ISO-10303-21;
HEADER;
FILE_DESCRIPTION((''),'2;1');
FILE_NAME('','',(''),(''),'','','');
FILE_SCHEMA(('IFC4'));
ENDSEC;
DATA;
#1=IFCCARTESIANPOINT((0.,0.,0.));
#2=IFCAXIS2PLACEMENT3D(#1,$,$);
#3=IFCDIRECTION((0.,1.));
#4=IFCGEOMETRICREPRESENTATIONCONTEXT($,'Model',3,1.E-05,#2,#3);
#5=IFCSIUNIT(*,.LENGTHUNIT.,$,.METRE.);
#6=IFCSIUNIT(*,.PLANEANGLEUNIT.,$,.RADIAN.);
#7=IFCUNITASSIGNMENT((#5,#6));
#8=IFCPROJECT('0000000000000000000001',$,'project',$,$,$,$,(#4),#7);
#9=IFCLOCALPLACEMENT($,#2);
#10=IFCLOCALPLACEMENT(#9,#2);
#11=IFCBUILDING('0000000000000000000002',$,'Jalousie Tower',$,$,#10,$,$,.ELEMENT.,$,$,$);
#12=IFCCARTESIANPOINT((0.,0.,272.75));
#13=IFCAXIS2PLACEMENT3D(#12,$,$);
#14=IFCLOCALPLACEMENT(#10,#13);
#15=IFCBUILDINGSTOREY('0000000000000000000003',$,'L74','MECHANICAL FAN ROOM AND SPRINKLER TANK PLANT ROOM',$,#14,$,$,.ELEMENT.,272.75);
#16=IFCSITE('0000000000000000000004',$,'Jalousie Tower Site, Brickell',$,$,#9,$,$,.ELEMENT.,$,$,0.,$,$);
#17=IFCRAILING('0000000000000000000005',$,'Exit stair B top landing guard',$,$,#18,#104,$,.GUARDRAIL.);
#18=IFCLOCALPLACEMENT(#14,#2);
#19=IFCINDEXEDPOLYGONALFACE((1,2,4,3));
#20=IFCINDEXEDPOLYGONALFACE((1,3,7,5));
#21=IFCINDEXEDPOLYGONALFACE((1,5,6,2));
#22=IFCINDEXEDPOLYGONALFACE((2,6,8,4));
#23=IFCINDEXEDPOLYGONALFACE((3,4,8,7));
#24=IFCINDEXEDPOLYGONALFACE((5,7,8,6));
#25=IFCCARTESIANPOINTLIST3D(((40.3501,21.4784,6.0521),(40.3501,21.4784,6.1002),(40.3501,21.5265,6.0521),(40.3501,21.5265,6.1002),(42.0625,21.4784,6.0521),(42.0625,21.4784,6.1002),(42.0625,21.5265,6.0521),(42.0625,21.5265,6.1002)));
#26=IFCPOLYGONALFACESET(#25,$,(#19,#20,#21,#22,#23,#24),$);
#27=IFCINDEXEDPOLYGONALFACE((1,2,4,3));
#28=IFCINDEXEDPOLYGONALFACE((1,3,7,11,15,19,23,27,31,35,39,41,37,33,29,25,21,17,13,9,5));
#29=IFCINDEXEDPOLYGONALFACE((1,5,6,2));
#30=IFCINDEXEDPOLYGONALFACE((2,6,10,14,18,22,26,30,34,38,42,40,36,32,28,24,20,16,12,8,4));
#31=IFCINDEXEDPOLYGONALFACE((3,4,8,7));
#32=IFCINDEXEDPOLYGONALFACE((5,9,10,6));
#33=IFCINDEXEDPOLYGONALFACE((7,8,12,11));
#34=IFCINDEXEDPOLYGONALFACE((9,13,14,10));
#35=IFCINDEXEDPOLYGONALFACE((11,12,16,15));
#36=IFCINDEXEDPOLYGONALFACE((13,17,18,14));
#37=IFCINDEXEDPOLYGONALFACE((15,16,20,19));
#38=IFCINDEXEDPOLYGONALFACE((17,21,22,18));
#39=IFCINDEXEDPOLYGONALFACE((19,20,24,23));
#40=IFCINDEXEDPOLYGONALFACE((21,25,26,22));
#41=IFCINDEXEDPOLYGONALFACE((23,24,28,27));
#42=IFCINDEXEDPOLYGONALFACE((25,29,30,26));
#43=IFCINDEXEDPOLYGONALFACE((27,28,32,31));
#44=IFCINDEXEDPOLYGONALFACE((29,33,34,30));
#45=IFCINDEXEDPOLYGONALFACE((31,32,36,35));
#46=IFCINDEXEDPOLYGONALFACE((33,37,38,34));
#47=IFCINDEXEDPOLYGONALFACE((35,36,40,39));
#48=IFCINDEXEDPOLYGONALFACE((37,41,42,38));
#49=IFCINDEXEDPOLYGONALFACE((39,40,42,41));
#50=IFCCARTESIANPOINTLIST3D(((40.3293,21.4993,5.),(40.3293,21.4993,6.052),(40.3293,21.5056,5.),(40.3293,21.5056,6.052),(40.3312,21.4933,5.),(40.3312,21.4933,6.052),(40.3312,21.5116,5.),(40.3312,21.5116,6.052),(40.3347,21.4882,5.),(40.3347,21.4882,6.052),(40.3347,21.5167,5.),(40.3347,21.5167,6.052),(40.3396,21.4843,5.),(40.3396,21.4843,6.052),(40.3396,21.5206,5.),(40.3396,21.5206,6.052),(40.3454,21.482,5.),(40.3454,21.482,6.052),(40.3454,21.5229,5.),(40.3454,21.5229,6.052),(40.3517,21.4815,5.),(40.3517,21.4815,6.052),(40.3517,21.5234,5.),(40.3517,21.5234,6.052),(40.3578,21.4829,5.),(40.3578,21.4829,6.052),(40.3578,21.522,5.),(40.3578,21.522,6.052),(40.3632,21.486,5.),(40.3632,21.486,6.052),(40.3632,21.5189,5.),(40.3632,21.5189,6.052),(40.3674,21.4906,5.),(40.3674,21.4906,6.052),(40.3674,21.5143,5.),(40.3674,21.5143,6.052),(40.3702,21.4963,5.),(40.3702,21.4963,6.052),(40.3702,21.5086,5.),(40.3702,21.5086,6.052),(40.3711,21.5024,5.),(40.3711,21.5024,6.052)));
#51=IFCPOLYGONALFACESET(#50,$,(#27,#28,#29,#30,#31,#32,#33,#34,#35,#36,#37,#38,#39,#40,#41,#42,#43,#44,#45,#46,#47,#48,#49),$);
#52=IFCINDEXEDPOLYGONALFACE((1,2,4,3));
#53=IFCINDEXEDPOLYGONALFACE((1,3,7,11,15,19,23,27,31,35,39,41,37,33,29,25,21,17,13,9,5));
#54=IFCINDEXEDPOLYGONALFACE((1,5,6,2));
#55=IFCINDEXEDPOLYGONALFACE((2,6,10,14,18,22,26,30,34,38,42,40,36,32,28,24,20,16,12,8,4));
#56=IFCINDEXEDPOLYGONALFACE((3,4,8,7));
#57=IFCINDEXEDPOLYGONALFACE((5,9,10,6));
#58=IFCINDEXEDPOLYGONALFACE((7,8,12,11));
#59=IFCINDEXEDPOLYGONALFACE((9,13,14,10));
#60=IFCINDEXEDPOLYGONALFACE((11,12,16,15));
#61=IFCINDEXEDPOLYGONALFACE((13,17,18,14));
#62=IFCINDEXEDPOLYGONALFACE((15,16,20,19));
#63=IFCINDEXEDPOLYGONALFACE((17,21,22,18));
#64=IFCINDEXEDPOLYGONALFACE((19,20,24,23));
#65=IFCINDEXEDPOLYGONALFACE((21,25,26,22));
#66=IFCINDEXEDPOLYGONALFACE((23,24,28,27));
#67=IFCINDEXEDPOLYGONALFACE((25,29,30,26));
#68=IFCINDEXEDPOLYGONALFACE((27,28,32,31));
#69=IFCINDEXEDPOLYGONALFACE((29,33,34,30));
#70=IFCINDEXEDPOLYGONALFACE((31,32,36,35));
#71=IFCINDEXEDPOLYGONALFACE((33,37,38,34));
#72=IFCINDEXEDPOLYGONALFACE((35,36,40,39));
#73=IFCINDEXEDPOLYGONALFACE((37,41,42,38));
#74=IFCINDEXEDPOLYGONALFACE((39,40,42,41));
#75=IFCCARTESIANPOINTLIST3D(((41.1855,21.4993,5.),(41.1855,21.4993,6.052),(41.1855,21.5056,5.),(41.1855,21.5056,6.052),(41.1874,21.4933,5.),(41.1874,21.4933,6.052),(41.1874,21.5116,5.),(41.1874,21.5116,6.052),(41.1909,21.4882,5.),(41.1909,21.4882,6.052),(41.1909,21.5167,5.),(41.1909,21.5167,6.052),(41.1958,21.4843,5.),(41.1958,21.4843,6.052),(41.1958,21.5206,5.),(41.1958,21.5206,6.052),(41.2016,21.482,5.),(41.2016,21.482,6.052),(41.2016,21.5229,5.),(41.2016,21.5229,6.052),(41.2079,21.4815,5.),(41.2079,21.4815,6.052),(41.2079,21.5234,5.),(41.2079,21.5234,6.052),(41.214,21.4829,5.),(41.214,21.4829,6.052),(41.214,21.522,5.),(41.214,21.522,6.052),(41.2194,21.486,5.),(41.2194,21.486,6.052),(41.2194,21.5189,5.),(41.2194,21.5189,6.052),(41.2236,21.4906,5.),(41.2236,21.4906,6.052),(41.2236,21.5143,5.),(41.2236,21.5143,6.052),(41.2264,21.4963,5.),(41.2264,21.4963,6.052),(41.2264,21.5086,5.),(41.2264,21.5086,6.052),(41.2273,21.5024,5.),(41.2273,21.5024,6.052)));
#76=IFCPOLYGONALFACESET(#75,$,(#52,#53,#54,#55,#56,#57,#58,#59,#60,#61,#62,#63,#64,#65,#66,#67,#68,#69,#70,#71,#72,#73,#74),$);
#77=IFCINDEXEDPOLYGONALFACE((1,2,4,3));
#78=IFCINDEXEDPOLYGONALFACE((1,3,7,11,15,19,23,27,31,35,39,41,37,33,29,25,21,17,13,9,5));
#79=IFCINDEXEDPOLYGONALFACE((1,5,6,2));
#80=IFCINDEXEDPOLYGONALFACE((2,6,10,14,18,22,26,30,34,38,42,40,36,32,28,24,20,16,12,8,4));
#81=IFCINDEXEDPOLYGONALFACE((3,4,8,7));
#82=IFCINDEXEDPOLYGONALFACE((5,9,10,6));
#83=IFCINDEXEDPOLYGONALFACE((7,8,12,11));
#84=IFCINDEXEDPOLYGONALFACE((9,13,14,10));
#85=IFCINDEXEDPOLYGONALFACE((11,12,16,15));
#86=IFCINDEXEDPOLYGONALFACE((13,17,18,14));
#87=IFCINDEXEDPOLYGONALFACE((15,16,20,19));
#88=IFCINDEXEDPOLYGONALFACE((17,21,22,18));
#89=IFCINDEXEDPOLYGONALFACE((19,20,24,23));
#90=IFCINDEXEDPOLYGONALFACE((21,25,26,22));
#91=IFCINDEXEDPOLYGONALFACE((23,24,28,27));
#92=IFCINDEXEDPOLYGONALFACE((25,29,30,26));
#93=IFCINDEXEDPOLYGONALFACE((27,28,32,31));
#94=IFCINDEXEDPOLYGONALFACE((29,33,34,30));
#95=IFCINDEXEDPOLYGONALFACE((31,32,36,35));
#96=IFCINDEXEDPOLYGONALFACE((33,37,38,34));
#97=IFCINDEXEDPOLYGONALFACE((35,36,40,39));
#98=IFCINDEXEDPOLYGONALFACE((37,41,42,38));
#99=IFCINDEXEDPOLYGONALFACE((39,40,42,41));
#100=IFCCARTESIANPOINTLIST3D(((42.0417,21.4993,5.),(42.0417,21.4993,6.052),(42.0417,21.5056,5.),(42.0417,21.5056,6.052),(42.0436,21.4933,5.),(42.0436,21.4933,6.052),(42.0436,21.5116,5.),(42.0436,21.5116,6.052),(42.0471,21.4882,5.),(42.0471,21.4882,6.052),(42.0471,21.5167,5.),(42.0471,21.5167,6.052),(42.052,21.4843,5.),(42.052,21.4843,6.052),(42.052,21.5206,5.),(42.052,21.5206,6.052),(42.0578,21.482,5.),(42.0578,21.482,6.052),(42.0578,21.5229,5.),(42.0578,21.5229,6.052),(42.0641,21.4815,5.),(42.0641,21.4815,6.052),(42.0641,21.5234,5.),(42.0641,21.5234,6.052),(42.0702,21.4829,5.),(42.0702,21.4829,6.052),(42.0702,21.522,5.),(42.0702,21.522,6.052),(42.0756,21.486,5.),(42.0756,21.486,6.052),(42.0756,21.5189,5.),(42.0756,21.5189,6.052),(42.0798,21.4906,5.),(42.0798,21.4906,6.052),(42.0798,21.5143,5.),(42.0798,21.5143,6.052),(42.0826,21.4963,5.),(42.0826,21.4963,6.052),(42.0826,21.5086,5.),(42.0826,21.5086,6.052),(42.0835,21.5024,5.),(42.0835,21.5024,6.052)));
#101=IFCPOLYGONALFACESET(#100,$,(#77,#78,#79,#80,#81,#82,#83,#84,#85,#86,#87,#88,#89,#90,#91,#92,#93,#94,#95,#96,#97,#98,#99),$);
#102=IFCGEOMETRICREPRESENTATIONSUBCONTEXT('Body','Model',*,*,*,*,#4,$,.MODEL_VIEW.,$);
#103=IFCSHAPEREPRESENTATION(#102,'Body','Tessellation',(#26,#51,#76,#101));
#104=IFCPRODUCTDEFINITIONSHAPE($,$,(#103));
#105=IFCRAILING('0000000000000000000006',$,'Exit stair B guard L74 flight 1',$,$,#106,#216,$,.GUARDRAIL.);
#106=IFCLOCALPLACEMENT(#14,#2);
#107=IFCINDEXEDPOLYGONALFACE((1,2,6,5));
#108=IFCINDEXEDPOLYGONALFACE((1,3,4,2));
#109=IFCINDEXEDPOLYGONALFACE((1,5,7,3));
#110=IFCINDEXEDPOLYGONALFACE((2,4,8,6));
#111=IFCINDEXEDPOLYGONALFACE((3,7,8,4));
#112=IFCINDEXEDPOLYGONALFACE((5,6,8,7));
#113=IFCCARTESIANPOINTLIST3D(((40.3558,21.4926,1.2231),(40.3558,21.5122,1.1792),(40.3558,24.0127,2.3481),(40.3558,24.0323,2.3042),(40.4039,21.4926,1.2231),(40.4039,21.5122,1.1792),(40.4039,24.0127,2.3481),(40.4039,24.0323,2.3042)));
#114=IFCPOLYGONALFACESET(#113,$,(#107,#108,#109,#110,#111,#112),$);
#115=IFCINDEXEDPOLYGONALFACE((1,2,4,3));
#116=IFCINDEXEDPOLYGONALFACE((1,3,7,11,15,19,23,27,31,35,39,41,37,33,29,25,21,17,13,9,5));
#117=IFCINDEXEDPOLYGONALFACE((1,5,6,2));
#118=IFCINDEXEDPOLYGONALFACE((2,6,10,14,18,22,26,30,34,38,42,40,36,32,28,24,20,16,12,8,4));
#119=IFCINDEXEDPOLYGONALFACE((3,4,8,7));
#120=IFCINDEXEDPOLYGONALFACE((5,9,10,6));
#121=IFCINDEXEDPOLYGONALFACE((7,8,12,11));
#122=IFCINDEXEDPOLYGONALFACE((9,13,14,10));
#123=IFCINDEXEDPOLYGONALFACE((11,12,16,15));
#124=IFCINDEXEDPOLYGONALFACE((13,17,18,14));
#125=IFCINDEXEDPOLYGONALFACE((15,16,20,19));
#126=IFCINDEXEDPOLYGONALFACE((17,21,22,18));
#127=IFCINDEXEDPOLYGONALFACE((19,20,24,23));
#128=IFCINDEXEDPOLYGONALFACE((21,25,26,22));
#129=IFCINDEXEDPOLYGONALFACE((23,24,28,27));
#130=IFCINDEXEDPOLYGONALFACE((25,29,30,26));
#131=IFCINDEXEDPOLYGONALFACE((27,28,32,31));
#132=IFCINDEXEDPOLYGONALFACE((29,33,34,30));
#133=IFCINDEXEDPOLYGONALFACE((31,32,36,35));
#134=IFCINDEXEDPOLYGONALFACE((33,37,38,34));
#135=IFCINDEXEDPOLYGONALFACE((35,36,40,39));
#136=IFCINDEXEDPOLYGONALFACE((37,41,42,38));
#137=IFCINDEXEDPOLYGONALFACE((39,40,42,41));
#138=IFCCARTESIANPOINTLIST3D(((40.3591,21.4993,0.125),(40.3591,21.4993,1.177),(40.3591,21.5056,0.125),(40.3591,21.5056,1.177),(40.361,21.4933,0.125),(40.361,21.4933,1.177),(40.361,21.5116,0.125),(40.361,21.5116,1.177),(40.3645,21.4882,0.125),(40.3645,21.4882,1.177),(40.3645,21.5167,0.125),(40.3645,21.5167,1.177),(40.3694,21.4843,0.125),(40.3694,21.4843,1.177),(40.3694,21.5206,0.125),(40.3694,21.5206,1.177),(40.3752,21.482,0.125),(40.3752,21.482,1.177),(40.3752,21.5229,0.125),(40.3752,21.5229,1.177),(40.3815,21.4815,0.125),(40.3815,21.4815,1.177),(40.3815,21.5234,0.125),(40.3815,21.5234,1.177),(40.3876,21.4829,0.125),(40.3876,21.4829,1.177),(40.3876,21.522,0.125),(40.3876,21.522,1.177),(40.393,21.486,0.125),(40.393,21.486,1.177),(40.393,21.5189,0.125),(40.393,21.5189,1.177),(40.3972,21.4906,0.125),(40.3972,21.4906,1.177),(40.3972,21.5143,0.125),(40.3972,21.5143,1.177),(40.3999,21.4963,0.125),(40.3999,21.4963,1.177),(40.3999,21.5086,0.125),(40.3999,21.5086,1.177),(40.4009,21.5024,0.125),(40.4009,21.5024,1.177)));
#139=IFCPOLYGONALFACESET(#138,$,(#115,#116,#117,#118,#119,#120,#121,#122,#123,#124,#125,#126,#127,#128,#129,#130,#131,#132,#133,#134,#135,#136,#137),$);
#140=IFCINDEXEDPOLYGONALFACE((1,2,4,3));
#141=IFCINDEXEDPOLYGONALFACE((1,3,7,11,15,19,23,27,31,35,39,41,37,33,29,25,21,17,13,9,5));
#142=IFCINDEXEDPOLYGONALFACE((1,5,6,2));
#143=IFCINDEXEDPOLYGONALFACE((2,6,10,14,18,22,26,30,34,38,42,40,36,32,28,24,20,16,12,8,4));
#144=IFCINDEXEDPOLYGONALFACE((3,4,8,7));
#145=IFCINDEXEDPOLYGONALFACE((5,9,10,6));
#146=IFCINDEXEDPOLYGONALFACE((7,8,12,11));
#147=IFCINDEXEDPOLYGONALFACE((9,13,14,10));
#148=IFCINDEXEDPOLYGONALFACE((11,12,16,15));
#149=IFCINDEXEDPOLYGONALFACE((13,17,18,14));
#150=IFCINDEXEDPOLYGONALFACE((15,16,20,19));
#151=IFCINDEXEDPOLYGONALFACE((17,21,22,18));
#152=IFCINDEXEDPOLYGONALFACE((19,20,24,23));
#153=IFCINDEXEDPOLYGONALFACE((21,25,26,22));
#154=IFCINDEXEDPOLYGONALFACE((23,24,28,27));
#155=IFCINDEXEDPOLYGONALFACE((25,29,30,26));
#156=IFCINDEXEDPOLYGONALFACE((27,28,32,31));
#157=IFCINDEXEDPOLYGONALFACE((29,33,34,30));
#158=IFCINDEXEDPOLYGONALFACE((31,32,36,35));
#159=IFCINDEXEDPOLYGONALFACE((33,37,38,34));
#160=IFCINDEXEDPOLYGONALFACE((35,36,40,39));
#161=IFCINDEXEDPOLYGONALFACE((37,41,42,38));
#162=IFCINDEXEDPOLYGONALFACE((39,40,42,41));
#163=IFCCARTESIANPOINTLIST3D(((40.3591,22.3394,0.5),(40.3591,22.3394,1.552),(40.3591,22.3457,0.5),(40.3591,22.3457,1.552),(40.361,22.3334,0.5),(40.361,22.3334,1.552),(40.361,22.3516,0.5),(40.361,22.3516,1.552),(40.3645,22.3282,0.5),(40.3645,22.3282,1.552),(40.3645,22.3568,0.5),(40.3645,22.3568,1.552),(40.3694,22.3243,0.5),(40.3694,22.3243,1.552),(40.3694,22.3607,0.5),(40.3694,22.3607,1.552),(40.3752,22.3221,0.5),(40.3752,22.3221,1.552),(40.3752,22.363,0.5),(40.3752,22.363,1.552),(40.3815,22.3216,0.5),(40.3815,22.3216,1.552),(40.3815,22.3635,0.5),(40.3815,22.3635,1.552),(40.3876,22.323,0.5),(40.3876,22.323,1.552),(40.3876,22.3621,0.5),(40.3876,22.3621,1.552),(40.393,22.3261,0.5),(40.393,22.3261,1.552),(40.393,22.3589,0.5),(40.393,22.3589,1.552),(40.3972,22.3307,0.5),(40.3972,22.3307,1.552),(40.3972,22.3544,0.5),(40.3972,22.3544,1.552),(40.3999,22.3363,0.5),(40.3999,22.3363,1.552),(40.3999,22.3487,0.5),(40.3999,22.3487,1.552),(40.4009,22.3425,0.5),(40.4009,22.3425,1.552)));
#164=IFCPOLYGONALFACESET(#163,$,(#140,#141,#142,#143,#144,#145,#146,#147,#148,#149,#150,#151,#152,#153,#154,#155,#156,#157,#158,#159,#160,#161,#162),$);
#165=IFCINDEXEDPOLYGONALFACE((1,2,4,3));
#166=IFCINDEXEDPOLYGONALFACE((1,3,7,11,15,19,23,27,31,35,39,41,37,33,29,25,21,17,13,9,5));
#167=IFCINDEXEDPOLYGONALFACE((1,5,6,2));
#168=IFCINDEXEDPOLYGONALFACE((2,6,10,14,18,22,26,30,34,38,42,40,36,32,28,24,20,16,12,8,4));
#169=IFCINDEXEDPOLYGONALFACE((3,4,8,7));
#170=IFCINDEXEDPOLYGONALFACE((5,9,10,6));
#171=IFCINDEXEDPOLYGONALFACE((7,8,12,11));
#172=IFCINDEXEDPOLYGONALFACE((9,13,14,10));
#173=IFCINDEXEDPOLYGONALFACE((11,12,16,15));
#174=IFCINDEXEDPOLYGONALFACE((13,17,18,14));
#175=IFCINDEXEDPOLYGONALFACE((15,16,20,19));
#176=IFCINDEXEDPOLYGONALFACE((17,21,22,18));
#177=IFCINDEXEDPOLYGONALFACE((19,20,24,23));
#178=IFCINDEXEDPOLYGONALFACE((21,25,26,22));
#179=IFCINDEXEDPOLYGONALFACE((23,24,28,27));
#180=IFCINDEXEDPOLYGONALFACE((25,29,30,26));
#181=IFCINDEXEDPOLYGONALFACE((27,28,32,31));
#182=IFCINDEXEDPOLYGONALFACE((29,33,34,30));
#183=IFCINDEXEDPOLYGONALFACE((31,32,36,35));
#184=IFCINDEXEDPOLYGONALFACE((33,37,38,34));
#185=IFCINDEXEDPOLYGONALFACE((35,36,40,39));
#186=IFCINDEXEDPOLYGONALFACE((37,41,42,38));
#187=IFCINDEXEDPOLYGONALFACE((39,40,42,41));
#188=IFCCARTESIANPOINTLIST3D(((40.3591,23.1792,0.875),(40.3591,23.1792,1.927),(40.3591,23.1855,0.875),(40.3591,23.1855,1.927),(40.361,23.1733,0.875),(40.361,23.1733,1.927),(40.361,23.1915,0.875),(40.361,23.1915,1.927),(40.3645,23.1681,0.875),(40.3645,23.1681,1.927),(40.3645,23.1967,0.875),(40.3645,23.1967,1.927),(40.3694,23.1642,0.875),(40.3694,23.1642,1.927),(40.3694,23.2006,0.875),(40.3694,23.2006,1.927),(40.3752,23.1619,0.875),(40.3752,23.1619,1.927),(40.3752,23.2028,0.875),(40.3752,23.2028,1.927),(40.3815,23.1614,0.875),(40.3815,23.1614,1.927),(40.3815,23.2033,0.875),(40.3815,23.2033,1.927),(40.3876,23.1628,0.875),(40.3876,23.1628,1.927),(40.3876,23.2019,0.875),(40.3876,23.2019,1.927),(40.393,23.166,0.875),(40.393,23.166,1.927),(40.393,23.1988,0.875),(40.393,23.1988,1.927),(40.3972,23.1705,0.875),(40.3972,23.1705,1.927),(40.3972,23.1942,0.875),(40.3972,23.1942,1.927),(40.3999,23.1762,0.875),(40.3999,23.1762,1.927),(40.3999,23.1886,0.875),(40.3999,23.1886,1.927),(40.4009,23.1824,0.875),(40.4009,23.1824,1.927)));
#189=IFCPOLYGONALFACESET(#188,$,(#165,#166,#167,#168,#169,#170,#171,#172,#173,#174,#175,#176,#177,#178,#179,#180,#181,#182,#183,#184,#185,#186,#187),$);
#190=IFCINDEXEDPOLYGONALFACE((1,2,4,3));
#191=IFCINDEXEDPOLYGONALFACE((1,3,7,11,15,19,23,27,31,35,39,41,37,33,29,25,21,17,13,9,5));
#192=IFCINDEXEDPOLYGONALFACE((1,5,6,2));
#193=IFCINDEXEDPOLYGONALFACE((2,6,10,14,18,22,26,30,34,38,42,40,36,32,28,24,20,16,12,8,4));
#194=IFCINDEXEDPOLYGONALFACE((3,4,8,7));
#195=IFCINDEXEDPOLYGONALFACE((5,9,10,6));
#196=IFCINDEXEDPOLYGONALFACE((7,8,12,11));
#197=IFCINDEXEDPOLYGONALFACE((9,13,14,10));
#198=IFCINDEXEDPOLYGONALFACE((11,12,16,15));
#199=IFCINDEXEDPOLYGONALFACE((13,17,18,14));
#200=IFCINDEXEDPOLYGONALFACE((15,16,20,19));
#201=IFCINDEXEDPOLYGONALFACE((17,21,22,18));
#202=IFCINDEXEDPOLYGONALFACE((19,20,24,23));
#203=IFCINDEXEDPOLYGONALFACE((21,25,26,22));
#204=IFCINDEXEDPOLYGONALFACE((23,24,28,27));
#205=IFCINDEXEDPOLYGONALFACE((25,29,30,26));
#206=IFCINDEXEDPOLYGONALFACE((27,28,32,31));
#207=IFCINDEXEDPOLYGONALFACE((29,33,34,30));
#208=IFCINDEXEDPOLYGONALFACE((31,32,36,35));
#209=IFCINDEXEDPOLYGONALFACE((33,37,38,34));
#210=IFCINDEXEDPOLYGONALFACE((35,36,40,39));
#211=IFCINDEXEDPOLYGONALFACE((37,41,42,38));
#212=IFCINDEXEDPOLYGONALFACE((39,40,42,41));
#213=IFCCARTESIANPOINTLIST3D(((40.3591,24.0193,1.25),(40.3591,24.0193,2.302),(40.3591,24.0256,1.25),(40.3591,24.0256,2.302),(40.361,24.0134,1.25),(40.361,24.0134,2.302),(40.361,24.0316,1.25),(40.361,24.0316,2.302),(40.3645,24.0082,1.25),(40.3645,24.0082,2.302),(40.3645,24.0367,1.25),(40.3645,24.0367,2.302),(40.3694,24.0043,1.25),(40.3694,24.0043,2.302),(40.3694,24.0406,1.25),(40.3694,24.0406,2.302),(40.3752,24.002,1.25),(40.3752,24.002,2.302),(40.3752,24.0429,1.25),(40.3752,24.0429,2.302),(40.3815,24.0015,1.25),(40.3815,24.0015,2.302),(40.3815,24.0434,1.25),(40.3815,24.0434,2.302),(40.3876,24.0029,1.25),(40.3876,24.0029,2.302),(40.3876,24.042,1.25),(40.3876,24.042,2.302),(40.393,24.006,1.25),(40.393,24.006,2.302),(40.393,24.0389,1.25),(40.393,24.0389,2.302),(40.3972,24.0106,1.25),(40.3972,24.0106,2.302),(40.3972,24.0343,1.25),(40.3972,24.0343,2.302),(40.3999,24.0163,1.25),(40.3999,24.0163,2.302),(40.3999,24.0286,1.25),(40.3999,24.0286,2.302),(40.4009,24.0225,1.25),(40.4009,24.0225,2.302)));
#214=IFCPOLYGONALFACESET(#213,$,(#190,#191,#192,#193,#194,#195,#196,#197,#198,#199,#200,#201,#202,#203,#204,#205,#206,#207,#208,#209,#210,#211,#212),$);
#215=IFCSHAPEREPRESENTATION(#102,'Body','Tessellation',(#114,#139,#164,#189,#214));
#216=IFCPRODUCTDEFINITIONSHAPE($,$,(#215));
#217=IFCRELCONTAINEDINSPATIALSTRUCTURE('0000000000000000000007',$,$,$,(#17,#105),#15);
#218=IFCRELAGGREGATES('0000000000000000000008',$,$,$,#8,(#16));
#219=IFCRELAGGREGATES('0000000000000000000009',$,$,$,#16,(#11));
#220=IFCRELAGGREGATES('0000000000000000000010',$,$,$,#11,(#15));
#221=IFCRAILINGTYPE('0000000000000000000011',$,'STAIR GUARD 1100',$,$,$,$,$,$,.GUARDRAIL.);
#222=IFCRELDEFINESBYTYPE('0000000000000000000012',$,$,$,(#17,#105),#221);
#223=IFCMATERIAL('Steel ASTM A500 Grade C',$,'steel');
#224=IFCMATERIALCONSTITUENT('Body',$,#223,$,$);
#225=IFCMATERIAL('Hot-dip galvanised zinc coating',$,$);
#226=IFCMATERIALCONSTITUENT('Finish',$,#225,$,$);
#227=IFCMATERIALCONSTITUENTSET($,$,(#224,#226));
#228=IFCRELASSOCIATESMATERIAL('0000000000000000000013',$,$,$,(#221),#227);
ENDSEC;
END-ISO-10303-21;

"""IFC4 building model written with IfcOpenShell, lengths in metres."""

from ifc_helpers import new_model, si_unit, direction, frame, origin, origin_2d, place, context, subcontext, project, spatial, rectangle, circle, extrude, material, constituent, constituent_set, type_object, element, save


model = new_model("IFC4")

# Units and contexts
model_context = context("Model", 3, precision=1e-05, world=origin(), true_north=direction((0.0, 1.0)))
body_context = subcontext(model_context, "Body", "Model", "MODEL_VIEW")
ifc_project = project(units=[si_unit("LENGTHUNIT", "METRE"), si_unit("PLANEANGLEUNIT", "RADIAN")], contexts=[model_context])

# Site, building, storey
site_placement = place(None, origin())
site = spatial("IfcSite", under=ifc_project, at=site_placement, Name="Jalousie Tower Site, Brickell", CompositionType="ELEMENT", RefElevation=0.0)
building_placement = place(site_placement, origin())
building = spatial("IfcBuilding", under=site, at=building_placement, Name="Jalousie Tower", CompositionType="ELEMENT")
storey_placement = place(building_placement, frame((0.0, 0.0, 272.75)))
storey = spatial("IfcBuildingStorey", under=building, at=storey_placement, Name="L74", Description="MECHANICAL FAN ROOM AND SPRINKLER TANK PLANT ROOM", CompositionType="ELEMENT", Elevation=272.75)

# Railings
ifc_material_1 = material(Name="Steel ASTM A500 Grade C", Category="steel")
ifc_constituent_1 = constituent(ifc_material_1, Name="Body")
ifc_material_2 = material(Name="Hot-dip galvanised zinc coating")
ifc_constituent_2 = constituent(ifc_material_2, Name="Finish")
ifc_constituent_set_1 = constituent_set(constituents=[ifc_constituent_1, ifc_constituent_2])
railing_type_1 = type_object("IfcRailingType", Name="STAIR GUARD 1100", PredefinedType="GUARDRAIL", material=ifc_constituent_set_1)
railing_1_placement = place(storey_placement, frame((40.3501, 21.5024, 5.0)))
element("IfcRailing", 1, at=railing_1_placement, inside=storey, type_object=railing_type_1, Name="Exit stair B top landing guard", PredefinedType="GUARDRAIL", context=body_context, shape_type="SweptSolid", body=[
    extrude(rectangle(XDim=0.0481, YDim=0.0481, at=origin_2d()), frame((0.0, 0.0, 1.0762), z_axis=(1.0, 0.0, 0.0), x_axis=(0.0, 1.0, 0.0)), (0.0, 0.0, 1.0), 1.7124),
    extrude(circle(Radius=0.021, at=origin_2d()), origin(), (0.0, 0.0, 1.0), 1.052),
    extrude(circle(Radius=0.021, at=origin_2d()), frame((0.8562, 0.0, 0.0)), (0.0, 0.0, 1.0), 1.052),
    extrude(circle(Radius=0.021, at=origin_2d()), frame((1.7124, 0.0, 0.0)), (0.0, 0.0, 1.0), 1.052),
])
railing_2_placement = place(storey_placement, frame((40.3799, 21.5024, 0.125)))
element("IfcRailing", 2, at=railing_2_placement, inside=storey, type_object=railing_type_1, Name="Exit stair B guard L74 flight 1", PredefinedType="GUARDRAIL", context=body_context, shape_type="SweptSolid", body=[
    extrude(rectangle(XDim=0.0481, YDim=0.0481, at=origin_2d()), frame((0.0, 0.0, 1.0762), z_axis=(0.0, 0.913139, 0.407648), x_axis=(-1.0, 0.0, 0.0)), (0.0, 0.0, 1.0), 2.7598),
    extrude(circle(Radius=0.021, at=origin_2d()), origin(), (0.0, 0.0, 1.0), 1.052),
    extrude(circle(Radius=0.021, at=origin_2d()), frame((0.0, 0.8401, 0.375)), (0.0, 0.0, 1.0), 1.052),
    extrude(circle(Radius=0.021, at=origin_2d()), frame((0.0, 1.6799, 0.75)), (0.0, 0.0, 1.0), 1.052),
    extrude(circle(Radius=0.021, at=origin_2d()), frame((0.0, 2.52, 1.125)), (0.0, 0.0, 1.0), 1.052),
])

save(model, "model.ifc")
